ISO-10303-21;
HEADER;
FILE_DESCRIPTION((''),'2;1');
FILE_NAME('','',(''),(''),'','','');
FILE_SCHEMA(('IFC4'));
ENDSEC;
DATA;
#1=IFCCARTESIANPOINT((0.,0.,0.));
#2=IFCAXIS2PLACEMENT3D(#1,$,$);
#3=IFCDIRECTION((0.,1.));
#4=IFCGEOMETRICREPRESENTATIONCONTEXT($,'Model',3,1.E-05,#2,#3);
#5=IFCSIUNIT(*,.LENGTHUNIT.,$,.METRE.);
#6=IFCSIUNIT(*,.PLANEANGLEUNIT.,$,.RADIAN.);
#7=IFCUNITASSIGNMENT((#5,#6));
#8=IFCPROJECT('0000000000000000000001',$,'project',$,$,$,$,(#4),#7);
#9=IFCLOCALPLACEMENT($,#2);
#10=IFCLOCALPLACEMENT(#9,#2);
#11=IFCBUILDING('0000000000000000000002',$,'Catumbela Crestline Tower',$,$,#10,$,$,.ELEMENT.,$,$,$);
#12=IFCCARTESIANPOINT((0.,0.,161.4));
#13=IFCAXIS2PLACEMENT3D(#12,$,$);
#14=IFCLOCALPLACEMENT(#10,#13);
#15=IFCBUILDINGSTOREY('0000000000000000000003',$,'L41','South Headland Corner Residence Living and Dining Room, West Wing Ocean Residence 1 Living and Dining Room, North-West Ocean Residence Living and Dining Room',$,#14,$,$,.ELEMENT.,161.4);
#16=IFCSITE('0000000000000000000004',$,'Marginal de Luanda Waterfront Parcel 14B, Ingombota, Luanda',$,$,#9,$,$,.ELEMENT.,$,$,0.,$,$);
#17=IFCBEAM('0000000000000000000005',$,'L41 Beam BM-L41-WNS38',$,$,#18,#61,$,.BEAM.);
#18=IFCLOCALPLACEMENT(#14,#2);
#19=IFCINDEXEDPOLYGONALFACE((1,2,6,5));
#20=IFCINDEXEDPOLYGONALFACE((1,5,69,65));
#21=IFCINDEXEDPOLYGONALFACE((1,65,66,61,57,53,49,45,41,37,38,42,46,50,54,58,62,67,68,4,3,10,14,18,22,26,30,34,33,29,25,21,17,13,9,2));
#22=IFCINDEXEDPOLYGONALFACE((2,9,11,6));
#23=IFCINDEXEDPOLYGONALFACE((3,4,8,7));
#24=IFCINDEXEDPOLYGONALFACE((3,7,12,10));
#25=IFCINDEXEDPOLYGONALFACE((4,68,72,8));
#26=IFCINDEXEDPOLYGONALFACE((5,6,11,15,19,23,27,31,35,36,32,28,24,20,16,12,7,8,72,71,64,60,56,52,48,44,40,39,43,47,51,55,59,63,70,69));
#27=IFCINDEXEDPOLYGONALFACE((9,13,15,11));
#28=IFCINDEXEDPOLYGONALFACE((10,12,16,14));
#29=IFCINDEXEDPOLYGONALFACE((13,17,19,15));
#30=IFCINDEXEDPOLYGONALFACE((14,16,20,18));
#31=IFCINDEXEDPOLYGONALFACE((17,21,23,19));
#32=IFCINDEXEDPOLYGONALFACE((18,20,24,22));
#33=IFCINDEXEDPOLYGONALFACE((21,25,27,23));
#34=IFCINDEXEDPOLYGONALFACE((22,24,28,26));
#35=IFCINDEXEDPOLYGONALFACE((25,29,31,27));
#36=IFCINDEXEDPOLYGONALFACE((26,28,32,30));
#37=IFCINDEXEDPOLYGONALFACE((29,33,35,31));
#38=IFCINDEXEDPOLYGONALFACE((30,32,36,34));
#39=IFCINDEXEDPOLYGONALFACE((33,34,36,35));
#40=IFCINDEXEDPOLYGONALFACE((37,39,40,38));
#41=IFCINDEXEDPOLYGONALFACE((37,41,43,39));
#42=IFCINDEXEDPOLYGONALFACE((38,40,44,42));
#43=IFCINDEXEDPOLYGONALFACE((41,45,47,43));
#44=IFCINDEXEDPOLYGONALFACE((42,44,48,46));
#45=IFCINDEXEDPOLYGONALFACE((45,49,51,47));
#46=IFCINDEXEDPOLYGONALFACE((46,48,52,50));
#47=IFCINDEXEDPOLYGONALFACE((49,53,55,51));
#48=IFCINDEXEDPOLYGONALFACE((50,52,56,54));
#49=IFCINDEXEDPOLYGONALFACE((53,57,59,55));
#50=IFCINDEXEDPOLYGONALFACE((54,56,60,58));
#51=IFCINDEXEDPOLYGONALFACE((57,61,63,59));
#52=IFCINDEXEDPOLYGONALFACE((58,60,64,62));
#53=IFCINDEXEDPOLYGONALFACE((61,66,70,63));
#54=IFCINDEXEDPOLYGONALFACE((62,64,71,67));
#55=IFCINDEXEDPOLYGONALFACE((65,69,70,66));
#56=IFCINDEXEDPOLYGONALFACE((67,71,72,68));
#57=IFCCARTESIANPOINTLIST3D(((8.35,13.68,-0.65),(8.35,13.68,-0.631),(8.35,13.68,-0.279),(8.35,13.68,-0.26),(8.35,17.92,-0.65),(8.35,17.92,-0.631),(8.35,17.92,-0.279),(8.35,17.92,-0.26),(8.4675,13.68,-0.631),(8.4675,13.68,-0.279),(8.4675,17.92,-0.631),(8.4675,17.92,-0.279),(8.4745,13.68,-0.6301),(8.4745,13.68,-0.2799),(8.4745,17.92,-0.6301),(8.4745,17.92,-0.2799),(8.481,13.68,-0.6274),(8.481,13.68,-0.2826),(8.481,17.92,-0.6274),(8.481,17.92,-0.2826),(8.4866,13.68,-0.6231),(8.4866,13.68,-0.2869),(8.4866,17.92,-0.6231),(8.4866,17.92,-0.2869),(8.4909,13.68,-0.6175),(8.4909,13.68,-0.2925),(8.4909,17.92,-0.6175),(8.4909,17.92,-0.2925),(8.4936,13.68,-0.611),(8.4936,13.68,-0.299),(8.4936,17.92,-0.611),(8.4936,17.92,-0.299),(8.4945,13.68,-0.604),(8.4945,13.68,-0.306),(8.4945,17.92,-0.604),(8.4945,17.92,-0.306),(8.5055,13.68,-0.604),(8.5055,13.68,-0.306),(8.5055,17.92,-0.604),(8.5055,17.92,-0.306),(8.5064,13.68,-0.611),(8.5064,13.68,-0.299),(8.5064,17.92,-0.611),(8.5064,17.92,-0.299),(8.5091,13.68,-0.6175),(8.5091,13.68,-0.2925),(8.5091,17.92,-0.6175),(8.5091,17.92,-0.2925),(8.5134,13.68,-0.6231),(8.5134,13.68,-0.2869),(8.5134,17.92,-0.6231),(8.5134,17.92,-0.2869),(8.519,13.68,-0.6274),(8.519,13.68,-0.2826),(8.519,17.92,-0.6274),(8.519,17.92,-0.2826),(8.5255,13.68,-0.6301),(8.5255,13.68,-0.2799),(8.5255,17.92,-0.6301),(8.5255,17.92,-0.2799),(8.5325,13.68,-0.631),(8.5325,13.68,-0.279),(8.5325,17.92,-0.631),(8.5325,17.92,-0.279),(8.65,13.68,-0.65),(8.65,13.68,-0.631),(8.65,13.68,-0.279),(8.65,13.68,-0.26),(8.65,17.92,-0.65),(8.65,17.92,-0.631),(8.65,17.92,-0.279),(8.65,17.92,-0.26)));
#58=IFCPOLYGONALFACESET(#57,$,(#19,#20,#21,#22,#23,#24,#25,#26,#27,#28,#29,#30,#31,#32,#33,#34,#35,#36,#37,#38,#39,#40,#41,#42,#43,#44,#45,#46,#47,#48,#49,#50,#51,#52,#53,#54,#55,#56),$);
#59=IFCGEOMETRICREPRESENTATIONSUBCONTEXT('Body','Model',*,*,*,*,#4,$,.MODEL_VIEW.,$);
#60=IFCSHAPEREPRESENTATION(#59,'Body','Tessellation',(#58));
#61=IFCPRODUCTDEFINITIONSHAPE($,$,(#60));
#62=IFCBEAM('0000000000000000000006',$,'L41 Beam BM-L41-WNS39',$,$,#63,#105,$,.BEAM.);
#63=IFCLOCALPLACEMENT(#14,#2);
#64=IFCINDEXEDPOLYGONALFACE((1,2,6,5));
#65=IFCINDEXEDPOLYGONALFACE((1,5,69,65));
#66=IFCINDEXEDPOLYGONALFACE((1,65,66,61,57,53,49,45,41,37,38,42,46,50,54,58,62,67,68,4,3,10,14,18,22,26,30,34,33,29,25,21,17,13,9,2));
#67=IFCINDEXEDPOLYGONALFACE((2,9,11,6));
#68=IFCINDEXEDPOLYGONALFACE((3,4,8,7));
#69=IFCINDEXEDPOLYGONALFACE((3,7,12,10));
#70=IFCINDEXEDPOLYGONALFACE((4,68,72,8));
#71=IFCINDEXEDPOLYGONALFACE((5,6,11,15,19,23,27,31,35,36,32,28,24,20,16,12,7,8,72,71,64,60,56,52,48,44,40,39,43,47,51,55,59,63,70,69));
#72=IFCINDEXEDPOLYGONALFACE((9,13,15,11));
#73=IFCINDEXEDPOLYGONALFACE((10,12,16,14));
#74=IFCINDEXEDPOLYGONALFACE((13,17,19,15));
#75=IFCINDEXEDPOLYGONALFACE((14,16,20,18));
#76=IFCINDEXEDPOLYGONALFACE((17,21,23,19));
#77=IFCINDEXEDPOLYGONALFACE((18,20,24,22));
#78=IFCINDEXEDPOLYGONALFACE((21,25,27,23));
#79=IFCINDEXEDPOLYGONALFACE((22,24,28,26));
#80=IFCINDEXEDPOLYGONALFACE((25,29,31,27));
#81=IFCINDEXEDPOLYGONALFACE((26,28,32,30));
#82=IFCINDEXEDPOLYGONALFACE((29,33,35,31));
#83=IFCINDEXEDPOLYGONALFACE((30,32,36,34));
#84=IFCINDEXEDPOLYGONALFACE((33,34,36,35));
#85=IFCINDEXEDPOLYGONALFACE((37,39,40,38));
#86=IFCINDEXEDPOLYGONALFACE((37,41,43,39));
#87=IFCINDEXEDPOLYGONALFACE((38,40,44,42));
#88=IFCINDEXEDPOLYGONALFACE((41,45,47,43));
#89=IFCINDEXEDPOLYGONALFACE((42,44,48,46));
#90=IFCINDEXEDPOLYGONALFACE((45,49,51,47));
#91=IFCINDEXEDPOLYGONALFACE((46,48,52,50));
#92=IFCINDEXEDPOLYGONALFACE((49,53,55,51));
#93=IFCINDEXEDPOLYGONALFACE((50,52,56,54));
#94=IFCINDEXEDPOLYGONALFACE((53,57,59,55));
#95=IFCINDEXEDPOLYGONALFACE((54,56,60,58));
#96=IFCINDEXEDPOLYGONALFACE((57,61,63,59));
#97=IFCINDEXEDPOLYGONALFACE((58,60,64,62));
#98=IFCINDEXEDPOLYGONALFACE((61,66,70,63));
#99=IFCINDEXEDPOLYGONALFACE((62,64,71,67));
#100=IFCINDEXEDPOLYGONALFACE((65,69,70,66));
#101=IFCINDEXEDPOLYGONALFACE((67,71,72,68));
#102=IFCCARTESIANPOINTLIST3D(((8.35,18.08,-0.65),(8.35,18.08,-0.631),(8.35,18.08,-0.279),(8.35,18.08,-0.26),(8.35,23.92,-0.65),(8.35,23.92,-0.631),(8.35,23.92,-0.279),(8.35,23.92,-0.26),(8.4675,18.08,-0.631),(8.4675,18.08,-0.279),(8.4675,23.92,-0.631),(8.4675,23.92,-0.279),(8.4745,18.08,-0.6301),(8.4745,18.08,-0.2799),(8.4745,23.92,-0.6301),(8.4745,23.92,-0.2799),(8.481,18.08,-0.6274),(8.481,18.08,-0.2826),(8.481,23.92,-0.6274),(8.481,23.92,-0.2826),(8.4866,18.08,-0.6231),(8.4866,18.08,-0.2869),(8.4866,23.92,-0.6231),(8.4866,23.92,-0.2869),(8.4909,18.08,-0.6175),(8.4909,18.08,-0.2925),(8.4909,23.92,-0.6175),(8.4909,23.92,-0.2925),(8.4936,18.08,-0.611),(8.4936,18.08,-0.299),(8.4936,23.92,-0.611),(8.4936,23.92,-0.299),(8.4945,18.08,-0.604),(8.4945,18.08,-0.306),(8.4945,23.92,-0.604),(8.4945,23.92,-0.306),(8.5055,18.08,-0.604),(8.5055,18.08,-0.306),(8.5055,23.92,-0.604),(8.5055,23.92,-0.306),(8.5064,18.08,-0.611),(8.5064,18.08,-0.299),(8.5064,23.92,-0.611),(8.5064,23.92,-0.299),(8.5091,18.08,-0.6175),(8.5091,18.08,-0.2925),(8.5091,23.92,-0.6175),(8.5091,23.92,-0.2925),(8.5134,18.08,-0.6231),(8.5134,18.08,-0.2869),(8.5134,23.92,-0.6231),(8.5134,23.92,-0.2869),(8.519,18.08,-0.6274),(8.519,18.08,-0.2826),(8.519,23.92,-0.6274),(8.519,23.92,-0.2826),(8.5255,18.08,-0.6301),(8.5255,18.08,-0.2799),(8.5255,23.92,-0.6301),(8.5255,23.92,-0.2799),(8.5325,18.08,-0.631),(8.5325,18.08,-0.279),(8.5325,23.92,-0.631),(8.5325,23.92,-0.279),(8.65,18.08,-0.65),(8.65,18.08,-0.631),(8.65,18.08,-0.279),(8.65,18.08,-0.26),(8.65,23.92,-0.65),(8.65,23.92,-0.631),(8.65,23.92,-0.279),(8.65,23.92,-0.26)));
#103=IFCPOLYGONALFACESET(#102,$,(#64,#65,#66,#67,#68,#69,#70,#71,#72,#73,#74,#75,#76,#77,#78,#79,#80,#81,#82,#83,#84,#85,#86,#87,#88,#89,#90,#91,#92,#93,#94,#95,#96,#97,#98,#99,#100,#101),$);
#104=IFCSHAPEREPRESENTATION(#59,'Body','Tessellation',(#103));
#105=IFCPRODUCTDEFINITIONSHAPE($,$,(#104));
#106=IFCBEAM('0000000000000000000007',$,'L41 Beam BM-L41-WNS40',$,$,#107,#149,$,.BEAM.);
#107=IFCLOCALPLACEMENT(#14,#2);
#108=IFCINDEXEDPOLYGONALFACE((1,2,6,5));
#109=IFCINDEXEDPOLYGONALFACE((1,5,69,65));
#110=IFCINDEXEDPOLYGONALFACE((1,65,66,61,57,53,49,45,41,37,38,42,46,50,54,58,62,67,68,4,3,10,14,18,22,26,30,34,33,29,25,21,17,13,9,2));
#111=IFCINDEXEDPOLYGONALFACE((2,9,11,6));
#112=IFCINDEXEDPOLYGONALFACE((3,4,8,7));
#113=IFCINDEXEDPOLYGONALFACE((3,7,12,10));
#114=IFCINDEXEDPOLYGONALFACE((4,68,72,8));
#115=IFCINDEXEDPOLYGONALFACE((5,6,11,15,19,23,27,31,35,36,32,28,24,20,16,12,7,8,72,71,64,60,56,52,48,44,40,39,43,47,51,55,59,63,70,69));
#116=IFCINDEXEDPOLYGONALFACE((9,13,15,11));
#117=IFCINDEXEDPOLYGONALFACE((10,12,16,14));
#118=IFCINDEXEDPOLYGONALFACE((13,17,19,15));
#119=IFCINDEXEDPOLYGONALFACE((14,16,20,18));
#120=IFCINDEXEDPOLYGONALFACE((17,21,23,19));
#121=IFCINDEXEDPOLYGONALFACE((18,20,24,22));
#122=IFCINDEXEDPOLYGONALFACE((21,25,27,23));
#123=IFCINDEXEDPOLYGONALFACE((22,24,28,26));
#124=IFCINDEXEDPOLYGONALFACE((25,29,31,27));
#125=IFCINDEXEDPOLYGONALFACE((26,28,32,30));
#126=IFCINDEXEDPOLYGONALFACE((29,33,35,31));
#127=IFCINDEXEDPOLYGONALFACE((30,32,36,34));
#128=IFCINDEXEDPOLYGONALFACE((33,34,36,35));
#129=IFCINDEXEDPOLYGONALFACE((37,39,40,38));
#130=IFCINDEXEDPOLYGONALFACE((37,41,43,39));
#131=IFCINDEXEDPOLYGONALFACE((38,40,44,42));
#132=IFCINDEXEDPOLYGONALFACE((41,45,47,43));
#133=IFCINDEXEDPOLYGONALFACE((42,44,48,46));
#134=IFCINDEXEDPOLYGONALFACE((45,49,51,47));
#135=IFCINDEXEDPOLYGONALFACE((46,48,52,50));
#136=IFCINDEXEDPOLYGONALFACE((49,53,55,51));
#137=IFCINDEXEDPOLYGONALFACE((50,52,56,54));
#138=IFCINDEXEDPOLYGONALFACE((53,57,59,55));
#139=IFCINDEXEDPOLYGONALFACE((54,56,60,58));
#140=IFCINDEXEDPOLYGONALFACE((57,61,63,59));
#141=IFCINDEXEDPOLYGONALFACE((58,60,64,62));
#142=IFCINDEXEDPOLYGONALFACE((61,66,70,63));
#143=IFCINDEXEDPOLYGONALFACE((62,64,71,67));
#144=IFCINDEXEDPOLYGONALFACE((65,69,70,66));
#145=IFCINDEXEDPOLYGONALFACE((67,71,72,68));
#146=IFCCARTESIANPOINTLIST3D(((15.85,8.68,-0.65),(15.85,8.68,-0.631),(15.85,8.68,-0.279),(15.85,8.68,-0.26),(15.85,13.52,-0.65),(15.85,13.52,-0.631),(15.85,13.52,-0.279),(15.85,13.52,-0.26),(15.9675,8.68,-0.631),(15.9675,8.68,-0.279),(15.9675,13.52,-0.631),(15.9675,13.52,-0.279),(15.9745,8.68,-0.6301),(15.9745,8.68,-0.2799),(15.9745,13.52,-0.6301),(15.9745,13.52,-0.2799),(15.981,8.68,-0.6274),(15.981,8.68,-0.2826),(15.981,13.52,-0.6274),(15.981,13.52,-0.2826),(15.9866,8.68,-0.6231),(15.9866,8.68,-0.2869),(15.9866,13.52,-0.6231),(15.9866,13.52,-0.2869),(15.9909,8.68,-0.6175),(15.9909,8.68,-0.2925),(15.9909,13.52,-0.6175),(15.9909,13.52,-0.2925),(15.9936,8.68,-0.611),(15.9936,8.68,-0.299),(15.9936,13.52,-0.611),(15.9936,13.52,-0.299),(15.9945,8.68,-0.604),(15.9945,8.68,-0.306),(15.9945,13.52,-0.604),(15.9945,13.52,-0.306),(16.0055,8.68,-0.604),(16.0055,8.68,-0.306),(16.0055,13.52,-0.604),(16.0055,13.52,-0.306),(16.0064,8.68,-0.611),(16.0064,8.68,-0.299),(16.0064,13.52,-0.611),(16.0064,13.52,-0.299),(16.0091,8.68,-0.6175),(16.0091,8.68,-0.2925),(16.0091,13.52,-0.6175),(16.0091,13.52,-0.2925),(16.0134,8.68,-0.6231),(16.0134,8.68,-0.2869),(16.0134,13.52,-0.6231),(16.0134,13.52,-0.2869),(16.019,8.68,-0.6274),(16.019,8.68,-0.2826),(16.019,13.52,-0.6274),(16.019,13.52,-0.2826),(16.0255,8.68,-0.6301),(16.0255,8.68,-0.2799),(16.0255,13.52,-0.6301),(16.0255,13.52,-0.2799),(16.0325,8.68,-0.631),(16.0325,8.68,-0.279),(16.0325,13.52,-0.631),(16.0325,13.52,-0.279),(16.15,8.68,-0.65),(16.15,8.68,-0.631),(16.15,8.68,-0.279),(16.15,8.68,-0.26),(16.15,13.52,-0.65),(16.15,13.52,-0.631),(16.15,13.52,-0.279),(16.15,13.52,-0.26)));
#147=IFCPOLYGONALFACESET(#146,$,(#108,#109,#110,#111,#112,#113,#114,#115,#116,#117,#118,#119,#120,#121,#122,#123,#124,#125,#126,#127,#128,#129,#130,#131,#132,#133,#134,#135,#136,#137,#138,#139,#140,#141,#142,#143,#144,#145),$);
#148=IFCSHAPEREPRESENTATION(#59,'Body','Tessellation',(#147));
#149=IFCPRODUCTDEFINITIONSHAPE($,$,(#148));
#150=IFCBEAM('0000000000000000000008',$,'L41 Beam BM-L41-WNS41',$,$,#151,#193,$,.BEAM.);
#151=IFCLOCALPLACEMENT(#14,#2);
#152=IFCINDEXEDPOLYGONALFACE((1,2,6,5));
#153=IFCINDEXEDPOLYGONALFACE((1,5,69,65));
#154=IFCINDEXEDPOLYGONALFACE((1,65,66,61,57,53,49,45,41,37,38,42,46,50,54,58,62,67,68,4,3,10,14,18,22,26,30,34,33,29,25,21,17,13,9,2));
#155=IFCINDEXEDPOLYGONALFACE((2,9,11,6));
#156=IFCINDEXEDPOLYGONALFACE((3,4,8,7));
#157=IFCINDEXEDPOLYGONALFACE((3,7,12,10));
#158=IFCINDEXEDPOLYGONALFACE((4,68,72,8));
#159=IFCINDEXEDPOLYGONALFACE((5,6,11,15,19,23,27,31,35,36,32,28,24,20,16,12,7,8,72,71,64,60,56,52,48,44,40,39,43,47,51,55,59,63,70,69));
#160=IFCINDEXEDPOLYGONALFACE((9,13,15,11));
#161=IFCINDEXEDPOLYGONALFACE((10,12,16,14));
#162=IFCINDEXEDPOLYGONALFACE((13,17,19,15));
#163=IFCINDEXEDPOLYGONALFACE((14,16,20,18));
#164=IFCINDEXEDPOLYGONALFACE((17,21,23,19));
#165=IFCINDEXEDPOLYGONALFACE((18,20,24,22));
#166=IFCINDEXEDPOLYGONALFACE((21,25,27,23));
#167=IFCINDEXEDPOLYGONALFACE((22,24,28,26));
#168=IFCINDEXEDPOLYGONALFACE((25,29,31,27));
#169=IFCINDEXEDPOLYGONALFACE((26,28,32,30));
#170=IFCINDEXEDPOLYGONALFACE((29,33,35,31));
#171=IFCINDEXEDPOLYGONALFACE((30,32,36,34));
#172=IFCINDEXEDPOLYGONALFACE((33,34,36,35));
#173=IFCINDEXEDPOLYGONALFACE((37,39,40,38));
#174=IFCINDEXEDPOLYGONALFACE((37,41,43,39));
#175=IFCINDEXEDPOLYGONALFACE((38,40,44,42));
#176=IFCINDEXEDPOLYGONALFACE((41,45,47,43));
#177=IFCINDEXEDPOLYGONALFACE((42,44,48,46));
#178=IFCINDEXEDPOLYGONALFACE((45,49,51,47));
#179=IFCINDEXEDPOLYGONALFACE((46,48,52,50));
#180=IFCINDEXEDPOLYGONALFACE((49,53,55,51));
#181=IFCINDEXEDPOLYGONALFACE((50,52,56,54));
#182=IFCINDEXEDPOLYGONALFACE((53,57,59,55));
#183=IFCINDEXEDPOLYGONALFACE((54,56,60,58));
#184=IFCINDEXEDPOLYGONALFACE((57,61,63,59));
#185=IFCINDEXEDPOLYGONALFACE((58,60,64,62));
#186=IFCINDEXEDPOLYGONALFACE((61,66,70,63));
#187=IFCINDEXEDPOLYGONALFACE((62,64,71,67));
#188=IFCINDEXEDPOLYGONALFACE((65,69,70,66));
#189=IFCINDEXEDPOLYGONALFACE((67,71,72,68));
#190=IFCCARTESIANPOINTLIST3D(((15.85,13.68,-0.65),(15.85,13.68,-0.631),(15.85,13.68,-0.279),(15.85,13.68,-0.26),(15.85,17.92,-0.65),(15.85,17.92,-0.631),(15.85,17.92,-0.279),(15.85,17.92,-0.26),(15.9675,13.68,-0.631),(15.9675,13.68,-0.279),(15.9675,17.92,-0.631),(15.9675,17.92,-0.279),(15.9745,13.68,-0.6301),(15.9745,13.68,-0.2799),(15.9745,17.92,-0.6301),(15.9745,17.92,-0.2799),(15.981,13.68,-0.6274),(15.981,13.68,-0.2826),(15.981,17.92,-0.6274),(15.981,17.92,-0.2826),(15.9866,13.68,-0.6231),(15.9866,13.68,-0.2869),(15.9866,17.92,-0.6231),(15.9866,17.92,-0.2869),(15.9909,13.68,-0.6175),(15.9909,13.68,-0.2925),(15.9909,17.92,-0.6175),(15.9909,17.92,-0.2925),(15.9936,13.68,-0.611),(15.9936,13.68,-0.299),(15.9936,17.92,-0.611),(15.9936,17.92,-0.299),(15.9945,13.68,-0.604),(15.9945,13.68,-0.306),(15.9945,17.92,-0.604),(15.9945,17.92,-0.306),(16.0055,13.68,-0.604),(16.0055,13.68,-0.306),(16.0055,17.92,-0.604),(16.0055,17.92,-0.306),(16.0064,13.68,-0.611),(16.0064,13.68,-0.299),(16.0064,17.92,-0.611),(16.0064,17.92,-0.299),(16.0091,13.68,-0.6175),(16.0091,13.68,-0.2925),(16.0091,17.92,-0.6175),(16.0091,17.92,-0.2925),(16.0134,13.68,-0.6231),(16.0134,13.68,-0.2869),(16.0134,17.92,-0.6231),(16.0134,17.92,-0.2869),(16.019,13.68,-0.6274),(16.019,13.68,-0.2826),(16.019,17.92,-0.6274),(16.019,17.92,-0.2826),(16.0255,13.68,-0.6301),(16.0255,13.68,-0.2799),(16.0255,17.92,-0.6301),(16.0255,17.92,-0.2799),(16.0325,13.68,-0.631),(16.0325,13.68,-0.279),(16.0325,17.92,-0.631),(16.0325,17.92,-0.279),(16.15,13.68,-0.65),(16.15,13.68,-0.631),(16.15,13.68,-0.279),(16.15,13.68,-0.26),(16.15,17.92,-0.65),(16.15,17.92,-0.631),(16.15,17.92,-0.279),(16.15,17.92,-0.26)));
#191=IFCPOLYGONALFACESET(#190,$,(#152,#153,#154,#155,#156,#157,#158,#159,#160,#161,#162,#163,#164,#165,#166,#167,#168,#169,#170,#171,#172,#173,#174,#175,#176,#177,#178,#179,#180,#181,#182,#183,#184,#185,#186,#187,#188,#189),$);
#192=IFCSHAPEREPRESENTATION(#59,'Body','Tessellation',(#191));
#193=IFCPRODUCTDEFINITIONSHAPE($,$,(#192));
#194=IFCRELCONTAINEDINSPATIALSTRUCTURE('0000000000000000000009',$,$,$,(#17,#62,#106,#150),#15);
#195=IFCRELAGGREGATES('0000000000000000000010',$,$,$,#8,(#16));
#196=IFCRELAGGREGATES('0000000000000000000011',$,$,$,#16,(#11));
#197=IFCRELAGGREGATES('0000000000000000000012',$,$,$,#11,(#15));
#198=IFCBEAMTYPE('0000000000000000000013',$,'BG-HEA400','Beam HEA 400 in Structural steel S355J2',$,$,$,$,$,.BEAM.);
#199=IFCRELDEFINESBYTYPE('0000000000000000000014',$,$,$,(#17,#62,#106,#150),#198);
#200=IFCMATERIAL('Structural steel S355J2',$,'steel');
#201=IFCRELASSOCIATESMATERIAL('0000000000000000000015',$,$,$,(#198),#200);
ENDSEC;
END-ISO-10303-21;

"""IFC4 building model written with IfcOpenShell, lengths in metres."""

from ifc_helpers import new_model, si_unit, direction, frame, origin, origin_2d, place, context, subcontext, project, spatial, i_section, extrude, material, material_profile, profile_set, type_object, element, save


model = new_model("IFC4")

# Units and contexts
model_context = context("Model", 3, precision=1e-05, world=origin(), true_north=direction((0.0, 1.0)))
body_context = subcontext(model_context, "Body", "Model", "MODEL_VIEW")
ifc_project = project(units=[si_unit("LENGTHUNIT", "METRE"), si_unit("PLANEANGLEUNIT", "RADIAN")], contexts=[model_context])

# Site, building, storey
site_placement = place(None, origin())
site = spatial("IfcSite", under=ifc_project, at=site_placement, Name="Marginal de Luanda Waterfront Parcel 14B, Ingombota, Luanda", CompositionType="ELEMENT", RefElevation=0.0)
building_placement = place(site_placement, origin())
building = spatial("IfcBuilding", under=site, at=building_placement, Name="Catumbela Crestline Tower", CompositionType="ELEMENT")
storey_placement = place(building_placement, frame((0.0, 0.0, 161.4)))
storey = spatial("IfcBuildingStorey", under=building, at=storey_placement, Name="L41", Description="South Headland Corner Residence Living and Dining Room, West Wing Ocean Residence 1 Living and Dining Room, North-West Ocean Residence Living and Dining Room", CompositionType="ELEMENT", Elevation=161.4)

# Shared definitions
ifc_material_1 = material(Name="Structural steel S355J2", Category="steel")

# Beams
ifc_material_profile_1 = material_profile(ifc_material_1, i_section(OverallWidth=0.3, OverallDepth=0.39, WebThickness=0.011, FlangeThickness=0.019, FilletRadius=0.027, at=origin_2d()), Name="HEA 400")
ifc_profile_set_1 = profile_set([ifc_material_profile_1], Name="Structural steel S355J2")
beam_type_1 = type_object("IfcBeamType", Name="BG-HEA400", Description="Beam HEA 400 in Structural steel S355J2", PredefinedType="BEAM", material=ifc_profile_set_1)
beam_1_placement = place(storey_placement, frame((8.5, 13.68, -0.455), z_axis=(0.0, 1.0, 0.0), x_axis=(-1.0, 0.0, 0.0)))
element("IfcBeam", 1, at=beam_1_placement, inside=storey, type_object=beam_type_1, Name="L41 Beam BM-L41-WNS38", PredefinedType="BEAM", context=body_context, shape_type="SweptSolid", body=[
    extrude(i_section(OverallWidth=0.3, OverallDepth=0.39, WebThickness=0.011, FlangeThickness=0.019, FilletRadius=0.027, at=origin_2d()), origin(), (0.0, 0.0, 1.0), 4.24),
])
beam_2_placement = place(storey_placement, frame((8.5, 18.08, -0.455), z_axis=(0.0, 1.0, 0.0), x_axis=(-1.0, 0.0, 0.0)))
element("IfcBeam", 2, at=beam_2_placement, inside=storey, type_object=beam_type_1, Name="L41 Beam BM-L41-WNS39", PredefinedType="BEAM", context=body_context, shape_type="SweptSolid", body=[
    extrude(i_section(OverallWidth=0.3, OverallDepth=0.39, WebThickness=0.011, FlangeThickness=0.019, FilletRadius=0.027, at=origin_2d()), origin(), (0.0, 0.0, 1.0), 5.84),
])
beam_3_placement = place(storey_placement, frame((16.0, 8.68, -0.455), z_axis=(0.0, 1.0, 0.0), x_axis=(-1.0, 0.0, 0.0)))
element("IfcBeam", 3, at=beam_3_placement, inside=storey, type_object=beam_type_1, Name="L41 Beam BM-L41-WNS40", PredefinedType="BEAM", context=body_context, shape_type="SweptSolid", body=[
    extrude(i_section(OverallWidth=0.3, OverallDepth=0.39, WebThickness=0.011, FlangeThickness=0.019, FilletRadius=0.027, at=origin_2d()), origin(), (0.0, 0.0, 1.0), 4.84),
])
beam_4_placement = place(storey_placement, frame((16.0, 13.68, -0.455), z_axis=(0.0, 1.0, 0.0), x_axis=(-1.0, 0.0, 0.0)))
element("IfcBeam", 4, at=beam_4_placement, inside=storey, type_object=beam_type_1, Name="L41 Beam BM-L41-WNS41", PredefinedType="BEAM", context=body_context, shape_type="SweptSolid", body=[
    extrude(i_section(OverallWidth=0.3, OverallDepth=0.39, WebThickness=0.011, FlangeThickness=0.019, FilletRadius=0.027, at=origin_2d()), origin(), (0.0, 0.0, 1.0), 4.24),
])

save(model, "model.ifc")
